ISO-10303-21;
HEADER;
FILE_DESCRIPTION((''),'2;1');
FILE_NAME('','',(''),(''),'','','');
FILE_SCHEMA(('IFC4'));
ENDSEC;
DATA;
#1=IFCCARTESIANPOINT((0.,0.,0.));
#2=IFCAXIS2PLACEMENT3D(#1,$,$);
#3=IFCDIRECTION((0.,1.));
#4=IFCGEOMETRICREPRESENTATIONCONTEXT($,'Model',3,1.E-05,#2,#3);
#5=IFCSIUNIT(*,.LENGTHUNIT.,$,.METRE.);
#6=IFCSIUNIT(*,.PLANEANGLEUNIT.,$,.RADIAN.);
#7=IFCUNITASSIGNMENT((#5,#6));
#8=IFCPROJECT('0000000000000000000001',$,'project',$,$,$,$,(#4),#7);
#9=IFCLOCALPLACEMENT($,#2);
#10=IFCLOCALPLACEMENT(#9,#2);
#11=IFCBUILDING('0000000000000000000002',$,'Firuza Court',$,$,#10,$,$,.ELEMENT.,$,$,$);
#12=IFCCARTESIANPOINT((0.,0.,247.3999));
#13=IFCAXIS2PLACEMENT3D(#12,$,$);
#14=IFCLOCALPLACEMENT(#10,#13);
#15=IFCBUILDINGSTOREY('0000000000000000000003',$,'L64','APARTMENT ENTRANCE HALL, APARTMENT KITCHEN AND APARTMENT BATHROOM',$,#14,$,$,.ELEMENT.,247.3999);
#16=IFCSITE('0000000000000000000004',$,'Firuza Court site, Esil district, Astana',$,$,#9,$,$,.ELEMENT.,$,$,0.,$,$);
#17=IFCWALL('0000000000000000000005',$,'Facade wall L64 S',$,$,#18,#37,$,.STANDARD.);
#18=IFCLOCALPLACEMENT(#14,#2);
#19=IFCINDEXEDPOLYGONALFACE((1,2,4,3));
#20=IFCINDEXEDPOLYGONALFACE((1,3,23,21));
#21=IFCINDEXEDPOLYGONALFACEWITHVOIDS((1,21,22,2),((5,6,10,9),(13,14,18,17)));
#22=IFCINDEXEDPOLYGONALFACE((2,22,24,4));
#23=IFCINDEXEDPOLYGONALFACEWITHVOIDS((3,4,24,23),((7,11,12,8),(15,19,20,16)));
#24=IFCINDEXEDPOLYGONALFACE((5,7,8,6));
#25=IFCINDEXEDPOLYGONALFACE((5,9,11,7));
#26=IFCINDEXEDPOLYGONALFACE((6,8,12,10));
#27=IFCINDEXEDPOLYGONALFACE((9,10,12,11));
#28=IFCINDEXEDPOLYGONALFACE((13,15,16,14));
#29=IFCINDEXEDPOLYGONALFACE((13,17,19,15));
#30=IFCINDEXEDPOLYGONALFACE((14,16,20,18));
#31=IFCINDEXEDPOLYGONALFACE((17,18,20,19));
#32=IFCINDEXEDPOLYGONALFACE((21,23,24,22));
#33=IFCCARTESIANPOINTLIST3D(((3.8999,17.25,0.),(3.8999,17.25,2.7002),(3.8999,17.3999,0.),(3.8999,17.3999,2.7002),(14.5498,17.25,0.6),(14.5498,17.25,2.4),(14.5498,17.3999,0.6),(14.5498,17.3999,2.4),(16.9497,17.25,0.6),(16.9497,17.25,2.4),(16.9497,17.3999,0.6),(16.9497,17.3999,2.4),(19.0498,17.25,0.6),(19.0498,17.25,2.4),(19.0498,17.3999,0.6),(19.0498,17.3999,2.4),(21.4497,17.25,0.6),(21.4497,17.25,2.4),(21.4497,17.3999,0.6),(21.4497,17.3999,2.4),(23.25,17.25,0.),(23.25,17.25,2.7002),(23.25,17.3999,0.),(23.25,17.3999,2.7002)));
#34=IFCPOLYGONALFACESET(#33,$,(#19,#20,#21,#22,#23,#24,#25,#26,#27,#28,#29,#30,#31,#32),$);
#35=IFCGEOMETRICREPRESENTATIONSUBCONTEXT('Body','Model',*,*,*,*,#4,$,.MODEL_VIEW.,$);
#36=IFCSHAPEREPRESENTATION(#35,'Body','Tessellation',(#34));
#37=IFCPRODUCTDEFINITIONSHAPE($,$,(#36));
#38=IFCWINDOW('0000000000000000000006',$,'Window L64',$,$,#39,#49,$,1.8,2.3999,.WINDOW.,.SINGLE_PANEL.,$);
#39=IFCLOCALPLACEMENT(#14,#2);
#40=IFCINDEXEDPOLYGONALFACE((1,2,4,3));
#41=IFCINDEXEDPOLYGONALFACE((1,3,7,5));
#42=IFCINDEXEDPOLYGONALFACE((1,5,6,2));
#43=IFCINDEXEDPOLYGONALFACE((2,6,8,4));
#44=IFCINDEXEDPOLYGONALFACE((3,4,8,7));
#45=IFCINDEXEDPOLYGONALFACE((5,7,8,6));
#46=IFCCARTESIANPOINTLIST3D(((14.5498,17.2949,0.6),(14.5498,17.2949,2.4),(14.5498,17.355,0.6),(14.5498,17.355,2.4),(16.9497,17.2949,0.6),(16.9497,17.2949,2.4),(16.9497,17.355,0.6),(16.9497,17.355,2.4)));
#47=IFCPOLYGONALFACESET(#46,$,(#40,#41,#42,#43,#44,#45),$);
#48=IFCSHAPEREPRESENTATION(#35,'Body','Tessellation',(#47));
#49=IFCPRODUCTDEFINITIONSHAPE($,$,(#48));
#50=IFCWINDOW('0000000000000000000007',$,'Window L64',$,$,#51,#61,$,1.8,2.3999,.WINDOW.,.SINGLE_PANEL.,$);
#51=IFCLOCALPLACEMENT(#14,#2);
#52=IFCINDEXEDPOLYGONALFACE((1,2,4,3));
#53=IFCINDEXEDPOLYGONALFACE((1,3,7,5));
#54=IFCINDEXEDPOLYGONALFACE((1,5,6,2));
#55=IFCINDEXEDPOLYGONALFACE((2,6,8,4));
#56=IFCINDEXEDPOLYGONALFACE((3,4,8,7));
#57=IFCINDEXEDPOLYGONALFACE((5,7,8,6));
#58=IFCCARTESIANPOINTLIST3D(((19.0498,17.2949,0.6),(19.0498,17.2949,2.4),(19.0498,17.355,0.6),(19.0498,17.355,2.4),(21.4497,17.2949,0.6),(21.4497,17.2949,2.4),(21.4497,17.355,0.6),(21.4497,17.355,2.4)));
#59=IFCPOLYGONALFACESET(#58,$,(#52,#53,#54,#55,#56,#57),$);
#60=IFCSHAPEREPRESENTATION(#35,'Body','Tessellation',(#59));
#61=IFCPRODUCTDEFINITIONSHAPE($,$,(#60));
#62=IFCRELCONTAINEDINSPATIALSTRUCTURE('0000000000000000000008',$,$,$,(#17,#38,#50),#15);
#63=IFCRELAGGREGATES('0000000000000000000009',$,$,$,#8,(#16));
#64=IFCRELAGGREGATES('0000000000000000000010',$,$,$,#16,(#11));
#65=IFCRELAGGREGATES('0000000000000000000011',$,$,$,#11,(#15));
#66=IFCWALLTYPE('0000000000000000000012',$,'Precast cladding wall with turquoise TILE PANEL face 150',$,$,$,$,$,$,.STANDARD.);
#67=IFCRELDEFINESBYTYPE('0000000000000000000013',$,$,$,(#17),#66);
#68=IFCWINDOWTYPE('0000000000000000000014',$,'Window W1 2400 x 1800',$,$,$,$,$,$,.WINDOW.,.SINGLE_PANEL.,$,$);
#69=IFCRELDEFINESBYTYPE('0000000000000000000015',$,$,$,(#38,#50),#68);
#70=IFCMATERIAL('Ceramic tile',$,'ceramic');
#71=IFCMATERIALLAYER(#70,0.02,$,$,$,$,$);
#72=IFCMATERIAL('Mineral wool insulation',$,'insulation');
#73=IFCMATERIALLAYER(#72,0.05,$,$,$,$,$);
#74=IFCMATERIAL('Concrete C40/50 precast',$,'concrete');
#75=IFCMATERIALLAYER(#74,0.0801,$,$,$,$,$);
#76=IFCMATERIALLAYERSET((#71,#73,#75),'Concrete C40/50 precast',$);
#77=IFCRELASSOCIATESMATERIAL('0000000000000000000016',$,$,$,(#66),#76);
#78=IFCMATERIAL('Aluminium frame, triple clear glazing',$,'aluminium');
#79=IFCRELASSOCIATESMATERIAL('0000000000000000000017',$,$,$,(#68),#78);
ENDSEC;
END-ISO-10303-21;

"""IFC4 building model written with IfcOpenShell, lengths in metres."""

from ifc_helpers import new_model, si_unit, direction, frame, frame_2d, origin, place, context, subcontext, project, spatial, rectangle, extrude, material, layer, layer_set, type_object, element, fill, save


model = new_model("IFC4")

# Units and contexts
model_context = context("Model", 3, precision=1e-05, world=origin(), true_north=direction((0.0, 1.0)))
body_context = subcontext(model_context, "Body", "Model", "MODEL_VIEW")
ifc_project = project(units=[si_unit("LENGTHUNIT", "METRE"), si_unit("PLANEANGLEUNIT", "RADIAN")], contexts=[model_context])

# Site, building, storey
site_placement = place(None, origin())
site = spatial("IfcSite", under=ifc_project, at=site_placement, Name="Firuza Court site, Esil district, Astana", CompositionType="ELEMENT", RefElevation=0.0)
building_placement = place(site_placement, origin())
building = spatial("IfcBuilding", under=site, at=building_placement, Name="Firuza Court", CompositionType="ELEMENT")
storey_placement = place(building_placement, frame((0.0, 0.0, 247.3999)))
storey = spatial("IfcBuildingStorey", under=building, at=storey_placement, Name="L64", Description="APARTMENT ENTRANCE HALL, APARTMENT KITCHEN AND APARTMENT BATHROOM", CompositionType="ELEMENT", Elevation=247.3999)

# Shared definitions
ifc_material_1 = material(Name="Concrete C40/50 precast", Category="concrete")

# Shared definitions
ifc_material_2 = material(Name="Ceramic tile", Category="ceramic")
ifc_layer_1 = layer(ifc_material_2, 0.02)
ifc_material_3 = material(Name="Mineral wool insulation", Category="insulation")
ifc_layer_2 = layer(ifc_material_3, 0.05)
ifc_layer_3 = layer(ifc_material_1, 0.0801)
ifc_layer_set_1 = layer_set([ifc_layer_1, ifc_layer_2, ifc_layer_3], Name="Concrete C40/50 precast")
wall_type_1 = type_object("IfcWallType", Name="Precast cladding wall with turquoise TILE PANEL face 150", PredefinedType="STANDARD", material=ifc_layer_set_1)

# Wall, openings, windows
wall_1_placement = place(storey_placement, frame((3.8999, 17.325, 0.0), z_axis=(0.0, 0.0, 1.0), x_axis=(1.0, 0.0, 0.0)))
wall_1 = element("IfcWall", 1, at=wall_1_placement, inside=storey, type_object=wall_type_1, Name="Facade wall L64 S", PredefinedType="STANDARD", context=body_context, shape_type="SweptSolid", body=[
    extrude(rectangle(XDim=19.3501, YDim=0.1499, at=frame_2d((9.675, 0.0))), origin(), (0.0, 0.0, 1.0), 2.7002),
])
opening_1_placement = place(wall_1_placement, frame((10.6499, 0.0, 0.6001)))
opening_1 = element("IfcOpeningElement", 2, at=opening_1_placement, cuts=wall_1, PredefinedType="OPENING", context=body_context, shape_type="SweptSolid", body=[
    extrude(rectangle(XDim=2.3999, YDim=1.8, at=frame_2d((1.2, 0.8999))), frame((0.0, 0.0869, 0.0), z_axis=(0.0, -1.0, 0.0), x_axis=(1.0, 0.0, 0.0)), (0.0, 0.0, 1.0), 0.1738),
])
opening_2_placement = place(wall_1_placement, frame((15.1499, 0.0, 0.6001)))
opening_2 = element("IfcOpeningElement", 3, at=opening_2_placement, cuts=wall_1, PredefinedType="OPENING", context=body_context, shape_type="SweptSolid", body=[
    extrude(rectangle(XDim=2.3999, YDim=1.8, at=frame_2d((1.2, 0.8999))), frame((0.0, 0.0869, 0.0), z_axis=(0.0, -1.0, 0.0), x_axis=(1.0, 0.0, 0.0)), (0.0, 0.0, 1.0), 0.1738),
])
ifc_material_4 = material(Name="Aluminium frame, triple clear glazing", Category="aluminium")
window_type = type_object("IfcWindowType", Name="Window W1 2400 x 1800", PartitioningType="SINGLE_PANEL", PredefinedType="WINDOW", material=ifc_material_4)
window_1_placement = place(opening_1_placement, origin())
window_1 = element("IfcWindow", 4, at=window_1_placement, inside=storey, type_object=window_type, Name="Window L64", OverallHeight=1.8, OverallWidth=2.3999, PartitioningType="SINGLE_PANEL", PredefinedType="WINDOW", context=body_context, shape_type="SweptSolid", body=[
    extrude(rectangle(XDim=2.3999, YDim=1.8, at=frame_2d((1.2, 0.8999))), frame((0.0, 0.03, 0.0), z_axis=(0.0, -1.0, 0.0), x_axis=(1.0, 0.0, 0.0)), (0.0, 0.0, 1.0), 0.0601),
])
fill(opening_1, window_1)
window_2_placement = place(opening_2_placement, origin())
window_2 = element("IfcWindow", 5, at=window_2_placement, inside=storey, type_object=window_type, Name="Window L64", OverallHeight=1.8, OverallWidth=2.3999, PartitioningType="SINGLE_PANEL", PredefinedType="WINDOW", context=body_context, shape_type="SweptSolid", body=[
    extrude(rectangle(XDim=2.3999, YDim=1.8, at=frame_2d((1.2, 0.8999))), frame((0.0, 0.03, 0.0), z_axis=(0.0, -1.0, 0.0), x_axis=(1.0, 0.0, 0.0)), (0.0, 0.0, 1.0), 0.0601),
])
fill(opening_2, window_2)

save(model, "model.ifc")
